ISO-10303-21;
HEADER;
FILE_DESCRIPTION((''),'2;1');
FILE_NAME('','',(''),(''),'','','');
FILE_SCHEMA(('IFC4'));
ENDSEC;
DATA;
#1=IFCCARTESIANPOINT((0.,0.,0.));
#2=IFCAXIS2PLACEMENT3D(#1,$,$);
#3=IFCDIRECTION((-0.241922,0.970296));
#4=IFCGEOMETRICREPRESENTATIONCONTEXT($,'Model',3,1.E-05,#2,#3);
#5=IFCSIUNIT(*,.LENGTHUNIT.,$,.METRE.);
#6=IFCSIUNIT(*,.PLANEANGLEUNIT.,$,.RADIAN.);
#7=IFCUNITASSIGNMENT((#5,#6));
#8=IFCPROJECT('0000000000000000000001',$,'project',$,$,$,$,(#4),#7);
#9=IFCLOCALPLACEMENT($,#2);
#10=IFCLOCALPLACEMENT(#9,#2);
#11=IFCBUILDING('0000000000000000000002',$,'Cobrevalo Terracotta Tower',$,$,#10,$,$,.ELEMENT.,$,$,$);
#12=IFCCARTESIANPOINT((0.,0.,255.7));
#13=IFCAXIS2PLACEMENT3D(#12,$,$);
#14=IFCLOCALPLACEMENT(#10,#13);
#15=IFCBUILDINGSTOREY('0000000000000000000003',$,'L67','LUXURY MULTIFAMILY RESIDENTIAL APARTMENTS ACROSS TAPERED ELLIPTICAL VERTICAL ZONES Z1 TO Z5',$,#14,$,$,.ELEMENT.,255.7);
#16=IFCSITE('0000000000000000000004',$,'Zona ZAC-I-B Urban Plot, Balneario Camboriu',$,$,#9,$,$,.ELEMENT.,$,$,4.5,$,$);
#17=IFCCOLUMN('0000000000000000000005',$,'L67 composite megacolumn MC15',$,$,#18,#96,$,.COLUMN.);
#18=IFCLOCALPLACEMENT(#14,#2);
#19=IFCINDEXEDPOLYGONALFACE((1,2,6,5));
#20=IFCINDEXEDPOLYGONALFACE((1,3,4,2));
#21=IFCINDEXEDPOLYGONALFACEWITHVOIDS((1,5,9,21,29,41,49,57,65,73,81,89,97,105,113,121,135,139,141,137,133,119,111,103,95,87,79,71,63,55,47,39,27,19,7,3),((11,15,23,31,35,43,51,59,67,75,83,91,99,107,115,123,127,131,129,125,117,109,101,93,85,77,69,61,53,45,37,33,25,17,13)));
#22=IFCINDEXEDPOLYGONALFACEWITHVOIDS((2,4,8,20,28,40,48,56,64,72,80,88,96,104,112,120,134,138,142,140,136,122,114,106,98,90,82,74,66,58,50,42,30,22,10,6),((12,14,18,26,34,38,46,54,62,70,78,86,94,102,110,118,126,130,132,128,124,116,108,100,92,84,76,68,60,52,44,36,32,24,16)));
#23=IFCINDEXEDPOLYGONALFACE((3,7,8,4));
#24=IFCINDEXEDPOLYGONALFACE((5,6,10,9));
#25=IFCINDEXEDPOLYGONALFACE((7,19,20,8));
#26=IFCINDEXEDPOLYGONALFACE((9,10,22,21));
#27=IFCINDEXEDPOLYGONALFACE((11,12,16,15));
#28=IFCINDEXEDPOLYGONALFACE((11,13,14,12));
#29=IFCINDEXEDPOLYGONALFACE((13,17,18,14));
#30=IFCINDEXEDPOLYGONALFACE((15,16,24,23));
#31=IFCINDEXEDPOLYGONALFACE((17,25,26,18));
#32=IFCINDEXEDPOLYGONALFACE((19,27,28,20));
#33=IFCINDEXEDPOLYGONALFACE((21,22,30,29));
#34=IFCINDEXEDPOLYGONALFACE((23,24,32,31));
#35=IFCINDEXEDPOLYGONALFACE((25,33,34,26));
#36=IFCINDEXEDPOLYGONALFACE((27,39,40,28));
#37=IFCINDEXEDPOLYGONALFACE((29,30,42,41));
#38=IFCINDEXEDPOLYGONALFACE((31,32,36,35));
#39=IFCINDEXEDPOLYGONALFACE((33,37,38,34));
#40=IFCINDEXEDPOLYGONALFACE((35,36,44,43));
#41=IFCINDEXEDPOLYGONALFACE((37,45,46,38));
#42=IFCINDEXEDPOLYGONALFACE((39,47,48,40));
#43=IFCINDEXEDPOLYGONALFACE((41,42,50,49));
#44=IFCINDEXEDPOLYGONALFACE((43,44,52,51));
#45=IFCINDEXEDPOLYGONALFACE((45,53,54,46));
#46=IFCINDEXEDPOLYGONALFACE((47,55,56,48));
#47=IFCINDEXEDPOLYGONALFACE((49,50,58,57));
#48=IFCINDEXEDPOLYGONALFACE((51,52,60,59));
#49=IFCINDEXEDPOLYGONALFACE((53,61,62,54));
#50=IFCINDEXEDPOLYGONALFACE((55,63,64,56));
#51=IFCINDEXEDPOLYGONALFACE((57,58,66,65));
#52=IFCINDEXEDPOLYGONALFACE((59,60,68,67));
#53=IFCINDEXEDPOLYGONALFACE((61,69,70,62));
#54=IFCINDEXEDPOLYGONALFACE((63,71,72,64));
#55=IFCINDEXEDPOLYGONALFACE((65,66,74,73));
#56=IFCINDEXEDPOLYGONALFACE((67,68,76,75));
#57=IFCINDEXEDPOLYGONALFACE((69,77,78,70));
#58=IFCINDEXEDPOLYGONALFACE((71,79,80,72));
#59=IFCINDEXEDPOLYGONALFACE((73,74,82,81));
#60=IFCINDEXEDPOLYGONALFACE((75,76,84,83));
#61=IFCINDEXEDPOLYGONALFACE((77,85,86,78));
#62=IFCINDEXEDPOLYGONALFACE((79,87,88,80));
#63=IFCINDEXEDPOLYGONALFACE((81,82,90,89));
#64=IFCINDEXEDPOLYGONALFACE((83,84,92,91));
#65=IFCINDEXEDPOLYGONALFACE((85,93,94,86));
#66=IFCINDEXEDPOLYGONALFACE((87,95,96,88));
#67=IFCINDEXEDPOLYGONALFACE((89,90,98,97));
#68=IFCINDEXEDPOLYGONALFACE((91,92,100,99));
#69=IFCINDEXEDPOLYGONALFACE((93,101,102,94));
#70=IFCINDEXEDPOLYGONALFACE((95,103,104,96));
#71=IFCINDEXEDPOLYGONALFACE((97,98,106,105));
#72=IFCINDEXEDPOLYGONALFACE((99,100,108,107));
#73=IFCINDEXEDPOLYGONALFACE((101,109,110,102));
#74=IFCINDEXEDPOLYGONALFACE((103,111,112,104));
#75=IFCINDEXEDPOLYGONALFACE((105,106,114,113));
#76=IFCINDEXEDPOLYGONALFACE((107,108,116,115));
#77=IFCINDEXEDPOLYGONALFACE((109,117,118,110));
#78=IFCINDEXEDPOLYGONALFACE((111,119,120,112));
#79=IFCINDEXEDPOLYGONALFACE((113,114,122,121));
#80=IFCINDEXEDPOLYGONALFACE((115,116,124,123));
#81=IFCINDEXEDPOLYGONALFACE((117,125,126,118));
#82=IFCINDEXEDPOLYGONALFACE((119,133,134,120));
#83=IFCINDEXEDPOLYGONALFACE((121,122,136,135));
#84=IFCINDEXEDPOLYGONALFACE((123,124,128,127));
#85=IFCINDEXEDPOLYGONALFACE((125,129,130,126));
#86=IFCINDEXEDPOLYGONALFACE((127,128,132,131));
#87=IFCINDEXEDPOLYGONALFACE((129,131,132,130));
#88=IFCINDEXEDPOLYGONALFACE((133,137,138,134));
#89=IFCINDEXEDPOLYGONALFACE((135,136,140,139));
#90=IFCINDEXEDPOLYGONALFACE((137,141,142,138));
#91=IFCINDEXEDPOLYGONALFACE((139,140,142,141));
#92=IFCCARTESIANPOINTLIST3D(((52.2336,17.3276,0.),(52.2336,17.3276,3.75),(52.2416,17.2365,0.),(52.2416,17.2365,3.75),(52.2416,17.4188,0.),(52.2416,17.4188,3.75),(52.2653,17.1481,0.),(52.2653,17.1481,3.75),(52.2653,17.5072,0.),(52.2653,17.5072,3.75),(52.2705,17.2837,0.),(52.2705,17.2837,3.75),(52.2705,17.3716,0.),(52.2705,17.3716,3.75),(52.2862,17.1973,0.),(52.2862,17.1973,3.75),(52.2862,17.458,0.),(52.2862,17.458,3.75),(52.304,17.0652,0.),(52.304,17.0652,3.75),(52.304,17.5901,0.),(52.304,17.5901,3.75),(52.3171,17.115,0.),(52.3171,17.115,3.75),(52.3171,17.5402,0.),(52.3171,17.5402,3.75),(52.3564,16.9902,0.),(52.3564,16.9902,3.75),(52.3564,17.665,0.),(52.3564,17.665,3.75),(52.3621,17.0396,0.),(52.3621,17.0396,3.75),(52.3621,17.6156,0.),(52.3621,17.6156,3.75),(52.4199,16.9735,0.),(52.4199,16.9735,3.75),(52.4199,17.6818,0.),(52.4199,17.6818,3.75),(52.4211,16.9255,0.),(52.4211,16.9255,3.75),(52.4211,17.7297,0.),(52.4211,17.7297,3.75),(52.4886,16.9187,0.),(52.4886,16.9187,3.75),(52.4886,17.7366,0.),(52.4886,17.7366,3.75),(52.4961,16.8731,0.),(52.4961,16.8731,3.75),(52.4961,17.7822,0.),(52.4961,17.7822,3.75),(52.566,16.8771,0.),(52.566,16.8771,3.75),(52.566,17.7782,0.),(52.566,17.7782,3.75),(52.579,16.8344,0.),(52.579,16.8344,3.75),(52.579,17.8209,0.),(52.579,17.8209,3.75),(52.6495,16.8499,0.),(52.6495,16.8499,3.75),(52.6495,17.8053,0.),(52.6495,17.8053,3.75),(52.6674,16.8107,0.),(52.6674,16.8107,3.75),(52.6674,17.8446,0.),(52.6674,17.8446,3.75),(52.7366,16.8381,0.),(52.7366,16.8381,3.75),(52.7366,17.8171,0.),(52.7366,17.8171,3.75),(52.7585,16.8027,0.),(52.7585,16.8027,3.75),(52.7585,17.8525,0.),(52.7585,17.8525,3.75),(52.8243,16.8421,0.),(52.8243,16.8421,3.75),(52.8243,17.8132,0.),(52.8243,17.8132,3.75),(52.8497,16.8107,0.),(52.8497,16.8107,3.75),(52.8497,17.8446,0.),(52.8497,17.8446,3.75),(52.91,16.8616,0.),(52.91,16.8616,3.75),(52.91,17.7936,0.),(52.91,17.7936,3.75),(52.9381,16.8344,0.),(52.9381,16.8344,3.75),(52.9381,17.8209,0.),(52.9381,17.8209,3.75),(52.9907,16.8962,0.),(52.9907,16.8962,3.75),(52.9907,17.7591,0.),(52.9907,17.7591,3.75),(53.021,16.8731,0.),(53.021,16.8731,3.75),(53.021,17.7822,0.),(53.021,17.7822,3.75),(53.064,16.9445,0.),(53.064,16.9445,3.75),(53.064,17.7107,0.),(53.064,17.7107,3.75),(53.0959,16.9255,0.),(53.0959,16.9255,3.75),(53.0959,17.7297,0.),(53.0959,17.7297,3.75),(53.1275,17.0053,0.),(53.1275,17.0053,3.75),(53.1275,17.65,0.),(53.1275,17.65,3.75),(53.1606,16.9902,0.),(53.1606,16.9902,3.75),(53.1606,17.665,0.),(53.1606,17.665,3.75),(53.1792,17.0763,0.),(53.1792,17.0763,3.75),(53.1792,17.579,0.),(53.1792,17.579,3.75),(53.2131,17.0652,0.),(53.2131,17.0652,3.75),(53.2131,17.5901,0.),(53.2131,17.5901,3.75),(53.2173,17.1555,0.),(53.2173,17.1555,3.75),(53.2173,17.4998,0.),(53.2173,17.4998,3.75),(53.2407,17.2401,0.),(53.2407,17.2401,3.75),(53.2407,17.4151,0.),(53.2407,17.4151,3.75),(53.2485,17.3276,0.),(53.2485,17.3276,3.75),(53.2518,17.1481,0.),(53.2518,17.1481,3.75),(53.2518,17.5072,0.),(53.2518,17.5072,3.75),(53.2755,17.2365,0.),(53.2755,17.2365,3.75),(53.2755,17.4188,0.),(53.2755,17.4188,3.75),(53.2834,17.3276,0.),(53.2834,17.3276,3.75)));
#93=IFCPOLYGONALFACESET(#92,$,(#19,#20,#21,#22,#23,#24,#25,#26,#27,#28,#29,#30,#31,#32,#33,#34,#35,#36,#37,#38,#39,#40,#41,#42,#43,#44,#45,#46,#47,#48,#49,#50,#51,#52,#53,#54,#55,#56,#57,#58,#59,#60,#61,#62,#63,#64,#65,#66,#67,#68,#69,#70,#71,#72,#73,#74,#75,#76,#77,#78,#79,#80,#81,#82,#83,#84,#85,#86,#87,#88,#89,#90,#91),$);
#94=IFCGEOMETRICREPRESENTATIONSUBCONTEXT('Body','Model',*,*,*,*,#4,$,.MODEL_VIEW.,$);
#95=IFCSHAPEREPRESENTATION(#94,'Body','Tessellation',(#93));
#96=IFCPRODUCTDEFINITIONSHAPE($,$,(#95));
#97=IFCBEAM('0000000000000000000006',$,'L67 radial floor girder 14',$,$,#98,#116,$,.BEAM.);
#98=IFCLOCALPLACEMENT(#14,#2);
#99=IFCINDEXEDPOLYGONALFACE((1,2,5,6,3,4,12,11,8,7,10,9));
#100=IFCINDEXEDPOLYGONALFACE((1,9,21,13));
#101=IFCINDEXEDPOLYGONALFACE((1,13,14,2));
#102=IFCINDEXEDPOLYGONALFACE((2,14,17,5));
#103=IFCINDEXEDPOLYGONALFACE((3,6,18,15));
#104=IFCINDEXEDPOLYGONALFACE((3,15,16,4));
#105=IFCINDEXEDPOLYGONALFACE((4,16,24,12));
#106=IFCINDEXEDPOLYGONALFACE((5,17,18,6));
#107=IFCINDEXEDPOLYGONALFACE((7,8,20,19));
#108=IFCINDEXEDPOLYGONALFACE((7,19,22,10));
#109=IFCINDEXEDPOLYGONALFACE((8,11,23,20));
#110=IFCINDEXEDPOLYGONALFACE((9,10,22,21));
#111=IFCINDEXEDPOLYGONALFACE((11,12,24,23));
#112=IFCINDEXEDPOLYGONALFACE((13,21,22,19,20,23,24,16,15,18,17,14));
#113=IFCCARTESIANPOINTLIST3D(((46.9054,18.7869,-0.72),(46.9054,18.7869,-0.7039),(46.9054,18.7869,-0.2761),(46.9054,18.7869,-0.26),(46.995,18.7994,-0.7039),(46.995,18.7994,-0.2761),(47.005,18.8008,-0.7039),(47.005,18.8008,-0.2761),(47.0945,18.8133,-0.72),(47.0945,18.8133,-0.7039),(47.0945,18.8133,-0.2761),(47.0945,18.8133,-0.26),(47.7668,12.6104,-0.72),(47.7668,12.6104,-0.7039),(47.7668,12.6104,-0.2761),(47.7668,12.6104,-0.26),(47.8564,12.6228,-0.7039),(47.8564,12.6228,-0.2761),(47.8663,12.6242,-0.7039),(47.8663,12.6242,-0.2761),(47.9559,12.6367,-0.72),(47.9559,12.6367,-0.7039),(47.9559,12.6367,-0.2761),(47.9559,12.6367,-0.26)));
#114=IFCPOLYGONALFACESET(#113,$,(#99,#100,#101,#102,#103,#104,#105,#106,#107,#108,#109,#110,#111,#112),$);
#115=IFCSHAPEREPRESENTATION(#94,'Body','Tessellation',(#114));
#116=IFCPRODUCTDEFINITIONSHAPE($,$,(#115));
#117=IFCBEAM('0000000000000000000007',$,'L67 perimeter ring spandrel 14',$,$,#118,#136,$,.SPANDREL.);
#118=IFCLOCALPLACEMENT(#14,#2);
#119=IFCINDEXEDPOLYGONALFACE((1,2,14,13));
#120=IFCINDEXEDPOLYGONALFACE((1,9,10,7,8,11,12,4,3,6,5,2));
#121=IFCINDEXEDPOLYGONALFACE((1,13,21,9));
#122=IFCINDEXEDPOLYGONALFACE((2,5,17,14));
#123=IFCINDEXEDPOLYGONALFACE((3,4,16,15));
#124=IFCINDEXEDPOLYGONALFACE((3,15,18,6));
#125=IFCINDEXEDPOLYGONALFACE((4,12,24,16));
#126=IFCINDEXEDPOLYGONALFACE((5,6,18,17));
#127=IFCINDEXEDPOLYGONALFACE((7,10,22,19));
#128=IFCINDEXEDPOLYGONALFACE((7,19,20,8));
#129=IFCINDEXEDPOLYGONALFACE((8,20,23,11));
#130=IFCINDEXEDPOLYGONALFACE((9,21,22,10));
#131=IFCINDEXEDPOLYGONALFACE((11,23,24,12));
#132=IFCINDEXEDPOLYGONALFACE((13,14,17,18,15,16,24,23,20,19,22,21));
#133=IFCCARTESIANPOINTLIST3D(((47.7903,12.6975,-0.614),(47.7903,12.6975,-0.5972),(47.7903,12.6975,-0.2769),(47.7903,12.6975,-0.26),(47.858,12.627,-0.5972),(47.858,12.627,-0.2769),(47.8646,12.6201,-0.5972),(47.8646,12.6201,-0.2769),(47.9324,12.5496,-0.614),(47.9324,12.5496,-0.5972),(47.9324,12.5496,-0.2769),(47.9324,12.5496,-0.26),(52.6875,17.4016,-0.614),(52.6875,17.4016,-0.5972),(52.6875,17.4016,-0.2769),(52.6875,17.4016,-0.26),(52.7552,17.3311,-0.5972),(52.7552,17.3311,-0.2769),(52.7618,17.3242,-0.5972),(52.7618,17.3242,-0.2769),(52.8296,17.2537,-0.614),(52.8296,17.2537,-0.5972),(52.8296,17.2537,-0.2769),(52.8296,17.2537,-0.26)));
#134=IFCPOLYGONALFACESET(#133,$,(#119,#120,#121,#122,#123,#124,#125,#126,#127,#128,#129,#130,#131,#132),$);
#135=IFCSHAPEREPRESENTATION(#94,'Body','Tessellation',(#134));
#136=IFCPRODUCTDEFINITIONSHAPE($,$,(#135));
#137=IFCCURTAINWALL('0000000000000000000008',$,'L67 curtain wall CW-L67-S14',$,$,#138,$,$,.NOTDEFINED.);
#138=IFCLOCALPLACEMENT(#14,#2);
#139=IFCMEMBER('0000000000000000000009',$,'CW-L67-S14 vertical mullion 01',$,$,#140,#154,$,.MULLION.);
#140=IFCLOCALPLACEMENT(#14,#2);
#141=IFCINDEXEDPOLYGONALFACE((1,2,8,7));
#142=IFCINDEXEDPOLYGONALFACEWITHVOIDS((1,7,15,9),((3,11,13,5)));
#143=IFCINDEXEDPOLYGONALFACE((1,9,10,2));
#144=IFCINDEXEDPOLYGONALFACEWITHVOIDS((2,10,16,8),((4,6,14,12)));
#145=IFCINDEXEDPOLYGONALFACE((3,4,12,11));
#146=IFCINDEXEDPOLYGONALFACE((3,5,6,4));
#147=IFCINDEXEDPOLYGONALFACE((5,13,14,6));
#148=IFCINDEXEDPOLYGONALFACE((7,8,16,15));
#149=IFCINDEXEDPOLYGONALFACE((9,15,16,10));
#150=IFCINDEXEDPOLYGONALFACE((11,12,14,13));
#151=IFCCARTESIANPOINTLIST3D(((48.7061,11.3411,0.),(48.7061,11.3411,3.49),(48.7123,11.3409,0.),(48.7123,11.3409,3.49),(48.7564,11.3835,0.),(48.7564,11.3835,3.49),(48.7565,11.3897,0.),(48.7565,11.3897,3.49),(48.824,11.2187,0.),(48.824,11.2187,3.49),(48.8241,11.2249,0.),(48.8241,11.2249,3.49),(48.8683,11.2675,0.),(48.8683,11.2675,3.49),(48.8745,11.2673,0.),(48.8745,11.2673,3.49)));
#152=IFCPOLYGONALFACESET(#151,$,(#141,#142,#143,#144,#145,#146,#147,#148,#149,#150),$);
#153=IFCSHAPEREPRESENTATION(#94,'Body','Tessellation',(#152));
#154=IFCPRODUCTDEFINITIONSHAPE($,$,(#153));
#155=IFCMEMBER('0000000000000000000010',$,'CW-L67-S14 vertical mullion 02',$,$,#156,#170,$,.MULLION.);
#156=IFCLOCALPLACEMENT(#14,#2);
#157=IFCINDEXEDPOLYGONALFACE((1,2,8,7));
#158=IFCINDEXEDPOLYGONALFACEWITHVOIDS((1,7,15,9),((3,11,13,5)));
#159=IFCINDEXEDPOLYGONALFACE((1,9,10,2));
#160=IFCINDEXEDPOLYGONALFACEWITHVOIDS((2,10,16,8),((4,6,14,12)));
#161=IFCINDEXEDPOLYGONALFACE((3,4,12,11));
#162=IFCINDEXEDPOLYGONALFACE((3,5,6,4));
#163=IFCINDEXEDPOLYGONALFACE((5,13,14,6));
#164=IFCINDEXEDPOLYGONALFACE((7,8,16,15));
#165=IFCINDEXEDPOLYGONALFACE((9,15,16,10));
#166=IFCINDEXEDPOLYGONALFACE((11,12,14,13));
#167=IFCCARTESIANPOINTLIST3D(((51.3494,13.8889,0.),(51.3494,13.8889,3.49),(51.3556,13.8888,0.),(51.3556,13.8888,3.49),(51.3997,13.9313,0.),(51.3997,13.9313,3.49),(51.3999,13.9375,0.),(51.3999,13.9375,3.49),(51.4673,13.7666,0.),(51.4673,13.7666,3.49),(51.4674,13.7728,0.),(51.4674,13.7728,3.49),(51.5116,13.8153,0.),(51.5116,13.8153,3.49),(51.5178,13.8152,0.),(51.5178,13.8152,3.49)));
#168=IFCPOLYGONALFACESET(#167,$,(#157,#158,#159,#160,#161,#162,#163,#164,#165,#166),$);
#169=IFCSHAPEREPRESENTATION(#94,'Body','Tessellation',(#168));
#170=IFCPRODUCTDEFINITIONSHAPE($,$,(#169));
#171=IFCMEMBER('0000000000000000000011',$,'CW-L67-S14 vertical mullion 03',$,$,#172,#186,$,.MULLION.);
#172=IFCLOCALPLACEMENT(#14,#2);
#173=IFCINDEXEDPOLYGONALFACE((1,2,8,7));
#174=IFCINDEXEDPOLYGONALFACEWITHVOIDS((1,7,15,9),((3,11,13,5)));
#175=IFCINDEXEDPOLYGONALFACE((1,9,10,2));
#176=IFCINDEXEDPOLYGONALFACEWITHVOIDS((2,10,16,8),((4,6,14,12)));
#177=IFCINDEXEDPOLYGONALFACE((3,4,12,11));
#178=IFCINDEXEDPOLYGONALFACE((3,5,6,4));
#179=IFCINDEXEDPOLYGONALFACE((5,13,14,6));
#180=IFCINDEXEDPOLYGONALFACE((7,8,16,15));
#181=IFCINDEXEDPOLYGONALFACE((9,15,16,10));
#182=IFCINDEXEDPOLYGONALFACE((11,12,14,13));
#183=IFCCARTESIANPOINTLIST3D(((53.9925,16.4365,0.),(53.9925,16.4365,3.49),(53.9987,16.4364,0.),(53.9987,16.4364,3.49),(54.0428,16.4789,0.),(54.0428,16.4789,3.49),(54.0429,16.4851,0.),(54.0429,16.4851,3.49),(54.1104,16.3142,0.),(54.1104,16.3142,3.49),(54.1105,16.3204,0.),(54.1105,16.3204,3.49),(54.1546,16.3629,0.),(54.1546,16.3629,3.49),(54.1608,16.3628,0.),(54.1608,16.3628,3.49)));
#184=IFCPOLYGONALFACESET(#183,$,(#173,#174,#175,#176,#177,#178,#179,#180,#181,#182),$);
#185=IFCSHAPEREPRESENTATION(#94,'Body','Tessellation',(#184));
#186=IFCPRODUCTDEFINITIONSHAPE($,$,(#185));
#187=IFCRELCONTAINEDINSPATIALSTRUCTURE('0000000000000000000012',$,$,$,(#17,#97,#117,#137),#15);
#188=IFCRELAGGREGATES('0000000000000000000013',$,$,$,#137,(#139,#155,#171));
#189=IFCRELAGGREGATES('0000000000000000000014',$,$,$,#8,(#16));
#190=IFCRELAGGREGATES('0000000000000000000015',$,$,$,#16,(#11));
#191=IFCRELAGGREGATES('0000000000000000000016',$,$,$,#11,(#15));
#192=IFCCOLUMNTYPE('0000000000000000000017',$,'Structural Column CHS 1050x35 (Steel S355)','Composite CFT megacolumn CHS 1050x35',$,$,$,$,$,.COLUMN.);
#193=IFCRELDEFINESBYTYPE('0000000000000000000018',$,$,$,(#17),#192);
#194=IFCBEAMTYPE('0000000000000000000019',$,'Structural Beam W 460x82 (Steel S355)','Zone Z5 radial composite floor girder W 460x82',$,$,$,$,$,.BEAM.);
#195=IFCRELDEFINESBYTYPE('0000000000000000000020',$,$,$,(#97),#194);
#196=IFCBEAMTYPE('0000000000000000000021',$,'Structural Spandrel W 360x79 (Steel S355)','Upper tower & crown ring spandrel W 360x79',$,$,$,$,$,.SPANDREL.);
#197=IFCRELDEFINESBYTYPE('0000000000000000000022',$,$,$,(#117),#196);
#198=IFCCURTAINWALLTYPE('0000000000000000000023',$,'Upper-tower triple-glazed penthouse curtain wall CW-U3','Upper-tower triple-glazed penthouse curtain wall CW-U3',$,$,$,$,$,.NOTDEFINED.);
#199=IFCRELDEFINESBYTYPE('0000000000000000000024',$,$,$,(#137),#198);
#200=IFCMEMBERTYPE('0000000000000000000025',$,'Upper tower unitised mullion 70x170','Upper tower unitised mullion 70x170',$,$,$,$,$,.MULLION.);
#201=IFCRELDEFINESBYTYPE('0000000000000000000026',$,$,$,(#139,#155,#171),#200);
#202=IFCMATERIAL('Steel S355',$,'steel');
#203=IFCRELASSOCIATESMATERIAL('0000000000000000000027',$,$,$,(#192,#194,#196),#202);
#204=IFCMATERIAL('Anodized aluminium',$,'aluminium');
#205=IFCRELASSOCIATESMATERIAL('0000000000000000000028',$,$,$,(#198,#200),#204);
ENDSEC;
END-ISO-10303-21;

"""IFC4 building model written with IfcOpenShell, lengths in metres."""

from ifc_helpers import new_model, si_unit, direction, frame, origin, origin_2d, place, context, subcontext, project, spatial, hollow_rectangle, hollow_circle, i_section, extrude, source, transform, mapped, material, material_profile, profile_set, type_object, element, aggregate, save


model = new_model("IFC4")

# Units and contexts
model_context = context("Model", 3, precision=1e-05, world=origin(), true_north=direction((-0.241922, 0.970296)))
body_context = subcontext(model_context, "Body", "Model", "MODEL_VIEW")
ifc_project = project(units=[si_unit("LENGTHUNIT", "METRE"), si_unit("PLANEANGLEUNIT", "RADIAN")], contexts=[model_context])

# Site, building, storey
site_placement = place(None, origin())
site = spatial("IfcSite", under=ifc_project, at=site_placement, Name="Zona ZAC-I-B Urban Plot, Balneario Camboriu", CompositionType="ELEMENT", RefElevation=4.5)
building_placement = place(site_placement, origin())
building = spatial("IfcBuilding", under=site, at=building_placement, Name="Cobrevalo Terracotta Tower", CompositionType="ELEMENT")
storey_placement = place(building_placement, frame((0.0, 0.0, 255.7)))
storey = spatial("IfcBuildingStorey", under=building, at=storey_placement, Name="L67", Description="LUXURY MULTIFAMILY RESIDENTIAL APARTMENTS ACROSS TAPERED ELLIPTICAL VERTICAL ZONES Z1 TO Z5", CompositionType="ELEMENT", Elevation=255.7)

# Column
ifc_material_1 = material(Name="Steel S355", Category="steel")
ifc_material_profile_1 = material_profile(ifc_material_1, hollow_circle(Radius=0.5249, WallThickness=0.0349, at=origin_2d()), Name="CHS 1050x35")
ifc_profile_set_1 = profile_set([ifc_material_profile_1], Name="Steel S355")
column_type = type_object("IfcColumnType", Name="Structural Column CHS 1050x35 (Steel S355)", Description="Composite CFT megacolumn CHS 1050x35", PredefinedType="COLUMN", material=ifc_profile_set_1)
column_placement = place(storey_placement, frame((52.7585, 17.3276, 0.0), z_axis=(0.0, 0.0, 1.0), x_axis=(1.0, 0.0, 0.0)))
element("IfcColumn", 1, at=column_placement, inside=storey, type_object=column_type, Name="L67 composite megacolumn MC15", PredefinedType="COLUMN", context=body_context, shape_type="SweptSolid", body=[
    extrude(hollow_circle(Radius=0.5249, WallThickness=0.0349, at=origin_2d()), origin(), (0.0, 0.0, 1.0), 3.75),
])

# Beams
ifc_material_profile_2 = material_profile(ifc_material_1, i_section(OverallWidth=0.1909, OverallDepth=0.46, WebThickness=0.01, FlangeThickness=0.0161, at=origin_2d()), Name="W 460x82")
ifc_profile_set_2 = profile_set([ifc_material_profile_2], Name="Steel S355")
beam_type_1 = type_object("IfcBeamType", Name="Structural Beam W 460x82 (Steel S355)", Description="Zone Z5 radial composite floor girder W 460x82", PredefinedType="BEAM", material=ifc_profile_set_2)
beam_1_placement = place(storey_placement, frame((47.8613, 12.6235, -0.49), z_axis=(-0.138116, 0.990416, 0.0), x_axis=(-0.990416, -0.138116, 0.0)))
element("IfcBeam", 2, at=beam_1_placement, inside=storey, type_object=beam_type_1, Name="L67 radial floor girder 14", PredefinedType="BEAM", context=body_context, shape_type="SweptSolid", body=[
    extrude(i_section(OverallWidth=0.1909, OverallDepth=0.46, WebThickness=0.01, FlangeThickness=0.0161, at=origin_2d()), origin(), (0.0, 0.0, 1.0), 6.2363),
])
ifc_material_profile_3 = material_profile(ifc_material_1, i_section(OverallWidth=0.2051, OverallDepth=0.354, WebThickness=0.0095, FlangeThickness=0.0168, at=origin_2d()), Name="W 360x79")
ifc_profile_set_3 = profile_set([ifc_material_profile_3], Name="Steel S355")
beam_type_2 = type_object("IfcBeamType", Name="Structural Spandrel W 360x79 (Steel S355)", Description="Upper tower & crown ring spandrel W 360x79", PredefinedType="SPANDREL", material=ifc_profile_set_3)
beam_2_placement = place(storey_placement, frame((47.8613, 12.6235, -0.437), z_axis=(0.721183, 0.692744, 0.0), x_axis=(-0.692744, 0.721183, 0.0)))
element("IfcBeam", 3, at=beam_2_placement, inside=storey, type_object=beam_type_2, Name="L67 perimeter ring spandrel 14", PredefinedType="SPANDREL", context=body_context, shape_type="SweptSolid", body=[
    extrude(i_section(OverallWidth=0.2051, OverallDepth=0.354, WebThickness=0.0095, FlangeThickness=0.0168, at=origin_2d()), origin(), (0.0, 0.0, 1.0), 6.7905),
])

# Curtain wall, members
ifc_material_2 = material(Name="Anodized aluminium", Category="aluminium")
curtain_wall_type = type_object("IfcCurtainWallType", Name="Upper-tower triple-glazed penthouse curtain wall CW-U3", Description="Upper-tower triple-glazed penthouse curtain wall CW-U3", PredefinedType="NOTDEFINED", material=ifc_material_2)
curtain_wall_1_placement = place(storey_placement, origin())
curtain_wall_1 = element("IfcCurtainWall", 4, at=curtain_wall_1_placement, inside=storey, type_object=curtain_wall_type, Name="L67 curtain wall CW-L67-S14", PredefinedType="NOTDEFINED")
ifc_material_profile_4 = material_profile(ifc_material_2, hollow_rectangle(XDim=0.0701, YDim=0.1699, WallThickness=0.0044, at=origin_2d()), Name="CWM 70x170")
ifc_profile_set_4 = profile_set([ifc_material_profile_4], Name="Anodized aluminium")
member_type_1 = type_object("IfcMemberType", Name="Upper tower unitised mullion 70x170", Description="Upper tower unitised mullion 70x170", PredefinedType="MULLION", material=ifc_profile_set_4)
shared_shape_1 = source(origin(), body_context, "Body", "SweptSolid", [
    extrude(hollow_rectangle(XDim=0.0701, YDim=0.1699, WallThickness=0.0044, at=origin_2d()), origin(), (0.0, 0.0, 1.0), 3.49),
])
member_1_placement = place(storey_placement, frame((48.7903, 11.3042, 0.0), z_axis=(0.0, 0.0, 1.0), x_axis=(0.719994, 0.69398, 0.0)))
member_1 = element("IfcMember", 5, at=member_1_placement, type_object=member_type_1, Name="CW-L67-S14 vertical mullion 01", PredefinedType="MULLION", context=body_context, shape_type="MappedRepresentation", body=[
    mapped(shared_shape_1, transform((0.0, 0.0, 0.0), scale=1.0)),
])
member_2_placement = place(storey_placement, frame((51.4336, 13.8521, 0.0), z_axis=(0.0, 0.0, 1.0), x_axis=(0.719994, 0.69398, 0.0)))
member_2 = element("IfcMember", 6, at=member_2_placement, type_object=member_type_1, Name="CW-L67-S14 vertical mullion 02", PredefinedType="MULLION", context=body_context, shape_type="MappedRepresentation", body=[
    mapped(shared_shape_1, transform((0.0, 0.0, 0.0), scale=1.0)),
])
member_3_placement = place(storey_placement, frame((54.0767, 16.3997, 0.0), z_axis=(0.0, 0.0, 1.0), x_axis=(0.719994, 0.69398, 0.0)))
member_3 = element("IfcMember", 7, at=member_3_placement, type_object=member_type_1, Name="CW-L67-S14 vertical mullion 03", PredefinedType="MULLION", context=body_context, shape_type="MappedRepresentation", body=[
    mapped(shared_shape_1, transform((0.0, 0.0, 0.0), scale=1.0)),
])

aggregate(curtain_wall_1, [member_1, member_2, member_3])

save(model, "model.ifc")
